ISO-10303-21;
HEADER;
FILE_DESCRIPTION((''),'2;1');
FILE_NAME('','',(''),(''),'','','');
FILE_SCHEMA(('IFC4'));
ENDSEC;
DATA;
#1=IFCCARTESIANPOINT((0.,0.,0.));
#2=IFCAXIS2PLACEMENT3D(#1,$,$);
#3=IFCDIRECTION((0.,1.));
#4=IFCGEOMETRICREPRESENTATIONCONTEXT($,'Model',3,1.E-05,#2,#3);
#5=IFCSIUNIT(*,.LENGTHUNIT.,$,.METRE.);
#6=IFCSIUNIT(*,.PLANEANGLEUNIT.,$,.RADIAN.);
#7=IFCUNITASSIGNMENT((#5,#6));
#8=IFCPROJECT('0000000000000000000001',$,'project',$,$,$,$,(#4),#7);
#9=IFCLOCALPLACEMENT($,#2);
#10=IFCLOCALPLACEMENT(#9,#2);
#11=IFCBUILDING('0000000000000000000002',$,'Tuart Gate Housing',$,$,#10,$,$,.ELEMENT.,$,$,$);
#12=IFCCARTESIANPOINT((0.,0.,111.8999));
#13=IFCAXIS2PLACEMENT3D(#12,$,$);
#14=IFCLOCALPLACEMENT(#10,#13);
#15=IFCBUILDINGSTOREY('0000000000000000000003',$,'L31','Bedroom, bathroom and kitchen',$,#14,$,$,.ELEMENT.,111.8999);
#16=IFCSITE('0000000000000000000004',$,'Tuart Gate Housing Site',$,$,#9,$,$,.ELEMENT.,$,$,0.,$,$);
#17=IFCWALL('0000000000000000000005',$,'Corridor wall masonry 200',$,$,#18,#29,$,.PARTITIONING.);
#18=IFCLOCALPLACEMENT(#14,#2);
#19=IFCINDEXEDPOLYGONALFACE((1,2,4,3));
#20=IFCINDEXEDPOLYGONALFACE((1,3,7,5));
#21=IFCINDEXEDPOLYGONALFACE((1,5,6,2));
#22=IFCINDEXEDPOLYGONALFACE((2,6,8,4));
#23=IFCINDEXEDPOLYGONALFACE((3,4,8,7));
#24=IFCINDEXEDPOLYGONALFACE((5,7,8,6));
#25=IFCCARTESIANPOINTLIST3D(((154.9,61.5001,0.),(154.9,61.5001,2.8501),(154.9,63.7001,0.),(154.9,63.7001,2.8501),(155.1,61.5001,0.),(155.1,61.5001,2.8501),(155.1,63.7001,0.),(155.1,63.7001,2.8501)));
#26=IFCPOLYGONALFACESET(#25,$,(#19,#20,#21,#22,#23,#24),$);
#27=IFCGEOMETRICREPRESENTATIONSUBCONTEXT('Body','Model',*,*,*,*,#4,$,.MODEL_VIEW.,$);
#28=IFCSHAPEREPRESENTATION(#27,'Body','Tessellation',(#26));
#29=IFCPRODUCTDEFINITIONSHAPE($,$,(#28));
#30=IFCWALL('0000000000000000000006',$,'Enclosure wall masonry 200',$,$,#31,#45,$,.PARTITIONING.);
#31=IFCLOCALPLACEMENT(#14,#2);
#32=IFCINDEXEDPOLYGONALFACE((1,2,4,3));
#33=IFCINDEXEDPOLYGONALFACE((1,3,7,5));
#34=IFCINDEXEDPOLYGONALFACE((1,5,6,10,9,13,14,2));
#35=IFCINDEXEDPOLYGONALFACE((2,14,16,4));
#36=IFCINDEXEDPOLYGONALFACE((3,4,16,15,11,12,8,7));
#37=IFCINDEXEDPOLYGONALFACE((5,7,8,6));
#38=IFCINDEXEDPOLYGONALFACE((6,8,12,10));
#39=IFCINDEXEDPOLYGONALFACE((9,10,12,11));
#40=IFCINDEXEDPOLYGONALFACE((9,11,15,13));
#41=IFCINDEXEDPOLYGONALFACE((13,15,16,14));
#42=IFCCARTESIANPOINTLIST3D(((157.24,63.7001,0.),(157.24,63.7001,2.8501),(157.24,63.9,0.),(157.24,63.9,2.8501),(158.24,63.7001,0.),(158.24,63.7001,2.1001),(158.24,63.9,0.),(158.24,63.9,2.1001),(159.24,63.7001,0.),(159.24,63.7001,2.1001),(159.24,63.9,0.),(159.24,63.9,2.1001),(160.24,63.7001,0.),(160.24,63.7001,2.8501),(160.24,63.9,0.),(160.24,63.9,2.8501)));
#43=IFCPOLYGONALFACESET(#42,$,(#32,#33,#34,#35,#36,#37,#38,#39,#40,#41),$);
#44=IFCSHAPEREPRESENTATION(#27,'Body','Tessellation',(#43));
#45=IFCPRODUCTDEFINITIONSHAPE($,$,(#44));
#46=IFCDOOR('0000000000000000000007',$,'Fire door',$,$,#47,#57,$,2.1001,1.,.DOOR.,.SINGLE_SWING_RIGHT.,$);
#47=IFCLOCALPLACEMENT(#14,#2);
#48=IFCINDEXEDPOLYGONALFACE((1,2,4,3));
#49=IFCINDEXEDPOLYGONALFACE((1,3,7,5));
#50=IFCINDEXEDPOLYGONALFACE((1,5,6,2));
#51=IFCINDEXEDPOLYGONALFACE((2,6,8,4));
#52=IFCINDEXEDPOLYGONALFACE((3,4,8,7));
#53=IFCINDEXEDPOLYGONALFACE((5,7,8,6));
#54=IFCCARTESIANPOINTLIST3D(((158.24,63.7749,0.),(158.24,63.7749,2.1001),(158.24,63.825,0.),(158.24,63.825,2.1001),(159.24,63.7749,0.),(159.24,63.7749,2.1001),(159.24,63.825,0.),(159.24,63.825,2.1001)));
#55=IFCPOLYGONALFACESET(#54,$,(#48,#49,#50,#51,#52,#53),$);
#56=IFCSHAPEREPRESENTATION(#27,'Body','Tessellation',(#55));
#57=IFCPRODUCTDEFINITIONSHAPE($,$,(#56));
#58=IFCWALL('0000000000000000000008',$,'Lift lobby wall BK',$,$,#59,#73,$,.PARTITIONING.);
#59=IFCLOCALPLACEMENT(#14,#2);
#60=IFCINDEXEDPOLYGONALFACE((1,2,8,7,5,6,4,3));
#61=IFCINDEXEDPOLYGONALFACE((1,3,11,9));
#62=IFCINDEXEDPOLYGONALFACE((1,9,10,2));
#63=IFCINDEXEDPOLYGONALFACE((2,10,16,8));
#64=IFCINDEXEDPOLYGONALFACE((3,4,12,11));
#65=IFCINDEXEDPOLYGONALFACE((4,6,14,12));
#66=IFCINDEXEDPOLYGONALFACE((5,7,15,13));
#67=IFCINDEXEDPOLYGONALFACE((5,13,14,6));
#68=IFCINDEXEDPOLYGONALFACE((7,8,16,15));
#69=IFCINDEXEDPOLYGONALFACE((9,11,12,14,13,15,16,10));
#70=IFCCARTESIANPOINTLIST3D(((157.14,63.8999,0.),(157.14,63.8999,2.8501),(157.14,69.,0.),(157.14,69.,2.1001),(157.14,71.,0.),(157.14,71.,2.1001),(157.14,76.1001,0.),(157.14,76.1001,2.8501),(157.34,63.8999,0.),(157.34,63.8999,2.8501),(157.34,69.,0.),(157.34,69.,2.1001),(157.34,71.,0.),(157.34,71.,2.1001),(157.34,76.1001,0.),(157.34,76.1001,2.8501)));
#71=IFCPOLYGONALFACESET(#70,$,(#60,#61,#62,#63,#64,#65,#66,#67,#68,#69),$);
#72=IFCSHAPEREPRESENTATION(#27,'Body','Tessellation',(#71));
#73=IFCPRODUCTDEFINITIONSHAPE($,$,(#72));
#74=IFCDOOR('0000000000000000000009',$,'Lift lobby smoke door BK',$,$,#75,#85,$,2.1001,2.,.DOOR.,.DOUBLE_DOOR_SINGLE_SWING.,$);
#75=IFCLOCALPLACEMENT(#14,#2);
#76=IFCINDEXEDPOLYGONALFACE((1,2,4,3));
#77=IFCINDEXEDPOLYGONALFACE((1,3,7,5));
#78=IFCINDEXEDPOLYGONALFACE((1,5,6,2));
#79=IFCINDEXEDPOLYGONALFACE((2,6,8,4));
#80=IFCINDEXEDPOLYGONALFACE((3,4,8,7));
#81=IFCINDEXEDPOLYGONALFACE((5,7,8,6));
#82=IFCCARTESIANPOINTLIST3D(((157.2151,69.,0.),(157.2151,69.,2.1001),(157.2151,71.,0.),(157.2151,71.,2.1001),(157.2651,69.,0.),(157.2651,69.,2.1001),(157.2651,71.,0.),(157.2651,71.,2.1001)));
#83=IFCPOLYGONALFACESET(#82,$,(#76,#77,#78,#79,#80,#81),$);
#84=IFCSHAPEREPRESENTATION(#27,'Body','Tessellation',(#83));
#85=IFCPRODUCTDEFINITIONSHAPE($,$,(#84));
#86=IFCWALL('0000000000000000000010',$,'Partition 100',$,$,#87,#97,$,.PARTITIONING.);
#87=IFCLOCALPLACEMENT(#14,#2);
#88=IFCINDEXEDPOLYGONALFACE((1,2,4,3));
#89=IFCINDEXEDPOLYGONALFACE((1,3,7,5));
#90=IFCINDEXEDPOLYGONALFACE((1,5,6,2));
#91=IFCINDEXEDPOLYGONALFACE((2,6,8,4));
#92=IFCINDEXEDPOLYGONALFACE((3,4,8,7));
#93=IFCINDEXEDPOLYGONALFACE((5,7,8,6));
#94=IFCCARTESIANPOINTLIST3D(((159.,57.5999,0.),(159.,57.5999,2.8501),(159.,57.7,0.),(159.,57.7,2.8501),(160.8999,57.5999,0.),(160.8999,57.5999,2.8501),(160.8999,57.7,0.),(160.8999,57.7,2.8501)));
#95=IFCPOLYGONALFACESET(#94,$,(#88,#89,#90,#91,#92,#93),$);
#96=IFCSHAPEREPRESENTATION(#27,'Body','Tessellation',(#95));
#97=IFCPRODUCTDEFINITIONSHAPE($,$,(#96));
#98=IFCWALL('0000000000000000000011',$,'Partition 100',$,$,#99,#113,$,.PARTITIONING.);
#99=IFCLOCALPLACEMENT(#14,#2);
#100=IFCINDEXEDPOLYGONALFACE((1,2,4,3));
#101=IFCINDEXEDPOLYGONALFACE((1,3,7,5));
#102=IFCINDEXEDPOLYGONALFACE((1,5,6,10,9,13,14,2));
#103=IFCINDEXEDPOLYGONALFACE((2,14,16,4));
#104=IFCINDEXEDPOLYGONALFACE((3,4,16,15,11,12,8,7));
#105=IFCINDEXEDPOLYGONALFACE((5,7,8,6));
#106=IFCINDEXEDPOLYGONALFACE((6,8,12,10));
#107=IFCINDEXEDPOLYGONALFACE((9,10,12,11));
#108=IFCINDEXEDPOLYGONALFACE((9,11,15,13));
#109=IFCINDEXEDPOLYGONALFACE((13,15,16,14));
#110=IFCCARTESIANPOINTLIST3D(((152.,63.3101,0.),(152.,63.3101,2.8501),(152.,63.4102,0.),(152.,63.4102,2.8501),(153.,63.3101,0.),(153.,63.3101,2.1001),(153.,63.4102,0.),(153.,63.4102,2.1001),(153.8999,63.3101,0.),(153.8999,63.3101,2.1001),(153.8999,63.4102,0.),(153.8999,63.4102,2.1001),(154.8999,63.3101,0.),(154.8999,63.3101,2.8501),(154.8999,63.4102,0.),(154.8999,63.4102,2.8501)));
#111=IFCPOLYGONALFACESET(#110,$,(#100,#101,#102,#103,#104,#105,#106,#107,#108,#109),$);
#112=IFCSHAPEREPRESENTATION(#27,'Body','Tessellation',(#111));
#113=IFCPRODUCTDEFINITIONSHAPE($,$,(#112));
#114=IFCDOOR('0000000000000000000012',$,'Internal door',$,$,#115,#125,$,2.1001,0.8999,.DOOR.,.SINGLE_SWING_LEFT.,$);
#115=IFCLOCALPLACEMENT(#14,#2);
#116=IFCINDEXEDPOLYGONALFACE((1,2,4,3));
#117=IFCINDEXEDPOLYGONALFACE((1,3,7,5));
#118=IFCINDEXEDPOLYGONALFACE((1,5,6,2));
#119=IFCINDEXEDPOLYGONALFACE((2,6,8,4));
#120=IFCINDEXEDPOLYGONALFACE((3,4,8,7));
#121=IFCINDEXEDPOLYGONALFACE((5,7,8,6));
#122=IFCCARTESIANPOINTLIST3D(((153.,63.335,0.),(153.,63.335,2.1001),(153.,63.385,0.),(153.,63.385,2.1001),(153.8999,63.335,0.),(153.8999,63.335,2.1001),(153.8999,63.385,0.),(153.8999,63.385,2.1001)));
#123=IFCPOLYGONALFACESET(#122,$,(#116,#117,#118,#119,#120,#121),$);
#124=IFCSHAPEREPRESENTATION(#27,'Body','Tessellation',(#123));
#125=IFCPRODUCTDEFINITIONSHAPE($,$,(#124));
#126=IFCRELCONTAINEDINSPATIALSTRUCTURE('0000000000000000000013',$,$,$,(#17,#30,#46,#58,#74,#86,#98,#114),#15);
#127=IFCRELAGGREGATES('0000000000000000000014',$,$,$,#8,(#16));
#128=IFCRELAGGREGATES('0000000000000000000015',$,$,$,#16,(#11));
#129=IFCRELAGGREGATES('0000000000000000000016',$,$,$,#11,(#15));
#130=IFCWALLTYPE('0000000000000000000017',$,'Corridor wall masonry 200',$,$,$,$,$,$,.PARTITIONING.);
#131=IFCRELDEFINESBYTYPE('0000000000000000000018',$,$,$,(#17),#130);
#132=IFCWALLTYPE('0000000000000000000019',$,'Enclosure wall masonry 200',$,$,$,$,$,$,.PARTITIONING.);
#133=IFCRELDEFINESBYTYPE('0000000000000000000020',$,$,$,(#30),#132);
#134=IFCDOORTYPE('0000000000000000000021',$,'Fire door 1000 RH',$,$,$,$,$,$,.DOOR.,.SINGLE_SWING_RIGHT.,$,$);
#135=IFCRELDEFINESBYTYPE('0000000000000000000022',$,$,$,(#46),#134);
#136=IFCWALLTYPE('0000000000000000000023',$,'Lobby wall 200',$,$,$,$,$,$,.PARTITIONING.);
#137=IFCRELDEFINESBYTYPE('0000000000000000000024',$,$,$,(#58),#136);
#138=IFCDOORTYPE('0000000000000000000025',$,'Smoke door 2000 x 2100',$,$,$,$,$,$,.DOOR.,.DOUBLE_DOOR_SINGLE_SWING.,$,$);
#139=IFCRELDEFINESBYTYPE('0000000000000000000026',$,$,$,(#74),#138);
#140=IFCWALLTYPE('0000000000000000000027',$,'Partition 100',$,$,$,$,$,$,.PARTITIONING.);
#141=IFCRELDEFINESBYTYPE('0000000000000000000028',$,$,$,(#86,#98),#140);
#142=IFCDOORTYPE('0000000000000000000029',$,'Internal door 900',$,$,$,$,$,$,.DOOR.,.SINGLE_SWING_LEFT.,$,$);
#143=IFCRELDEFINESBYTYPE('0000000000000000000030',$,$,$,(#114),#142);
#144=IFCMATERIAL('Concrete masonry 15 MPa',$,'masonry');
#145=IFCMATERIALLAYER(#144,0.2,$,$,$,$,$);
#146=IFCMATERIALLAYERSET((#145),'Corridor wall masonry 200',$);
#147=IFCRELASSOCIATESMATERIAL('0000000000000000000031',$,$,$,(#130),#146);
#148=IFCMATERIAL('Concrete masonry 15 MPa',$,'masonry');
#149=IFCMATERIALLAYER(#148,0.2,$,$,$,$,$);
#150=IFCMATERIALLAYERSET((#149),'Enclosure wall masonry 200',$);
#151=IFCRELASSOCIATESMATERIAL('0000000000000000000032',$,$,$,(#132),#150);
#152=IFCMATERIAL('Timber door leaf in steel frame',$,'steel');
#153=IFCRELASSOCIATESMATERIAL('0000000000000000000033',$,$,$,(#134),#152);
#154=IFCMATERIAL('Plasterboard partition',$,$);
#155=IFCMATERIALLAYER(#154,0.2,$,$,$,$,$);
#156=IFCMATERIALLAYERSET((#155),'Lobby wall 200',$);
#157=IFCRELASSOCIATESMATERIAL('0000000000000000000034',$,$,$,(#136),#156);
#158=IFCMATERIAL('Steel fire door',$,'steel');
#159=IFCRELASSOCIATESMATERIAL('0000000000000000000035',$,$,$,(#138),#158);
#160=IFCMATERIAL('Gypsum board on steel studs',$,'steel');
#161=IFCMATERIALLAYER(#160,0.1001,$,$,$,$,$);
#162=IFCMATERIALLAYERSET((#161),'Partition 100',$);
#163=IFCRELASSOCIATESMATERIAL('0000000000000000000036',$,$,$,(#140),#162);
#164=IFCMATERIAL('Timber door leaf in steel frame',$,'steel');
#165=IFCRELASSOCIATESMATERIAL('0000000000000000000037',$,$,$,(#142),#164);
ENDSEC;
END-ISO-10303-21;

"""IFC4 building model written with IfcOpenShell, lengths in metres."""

from ifc_helpers import new_model, si_unit, direction, frame, frame_2d, origin, place, context, subcontext, project, spatial, rectangle, extrude, material, layer, layer_set, type_object, element, fill, save


model = new_model("IFC4")

# Units and contexts
model_context = context("Model", 3, precision=1e-05, world=origin(), true_north=direction((0.0, 1.0)))
body_context = subcontext(model_context, "Body", "Model", "MODEL_VIEW")
ifc_project = project(units=[si_unit("LENGTHUNIT", "METRE"), si_unit("PLANEANGLEUNIT", "RADIAN")], contexts=[model_context])

# Site, building, storey
site_placement = place(None, origin())
site = spatial("IfcSite", under=ifc_project, at=site_placement, Name="Tuart Gate Housing Site", CompositionType="ELEMENT", RefElevation=0.0)
building_placement = place(site_placement, origin())
building = spatial("IfcBuilding", under=site, at=building_placement, Name="Tuart Gate Housing", CompositionType="ELEMENT")
storey_placement = place(building_placement, frame((0.0, 0.0, 111.8999)))
storey = spatial("IfcBuildingStorey", under=building, at=storey_placement, Name="L31", Description="Bedroom, bathroom and kitchen", CompositionType="ELEMENT", Elevation=111.8999)

# Shared definitions
ifc_material_1 = material(Name="Concrete masonry 15 MPa", Category="masonry")
ifc_layer_1 = layer(ifc_material_1, 0.2)
ifc_layer_set_1 = layer_set([ifc_layer_1], Name="Corridor wall masonry 200")
wall_type_1 = type_object("IfcWallType", Name="Corridor wall masonry 200", PredefinedType="PARTITIONING", material=ifc_layer_set_1)

# Wall
wall_1_placement = place(storey_placement, frame((155.0, 61.5, 0.0), z_axis=(0.0, 0.0, 1.0), x_axis=(0.0, 1.0, 0.0)))
element("IfcWall", 1, at=wall_1_placement, inside=storey, type_object=wall_type_1, Name="Corridor wall masonry 200", PredefinedType="PARTITIONING", context=body_context, shape_type="SweptSolid", body=[
    extrude(rectangle(XDim=2.2, YDim=0.2, at=frame_2d((1.1001, 0.0))), origin(), (0.0, 0.0, 1.0), 2.8501),
])

# Walls, openings, doors
ifc_material_2 = material(Name="Concrete masonry 15 MPa", Category="masonry")
ifc_layer_2 = layer(ifc_material_2, 0.2)
ifc_layer_set_2 = layer_set([ifc_layer_2], Name="Enclosure wall masonry 200")
wall_type_2 = type_object("IfcWallType", Name="Enclosure wall masonry 200", PredefinedType="PARTITIONING", material=ifc_layer_set_2)
wall_2_placement = place(storey_placement, frame((157.24, 63.8, 0.0), z_axis=(0.0, 0.0, 1.0), x_axis=(1.0, 0.0, 0.0)))
wall_2 = element("IfcWall", 2, at=wall_2_placement, inside=storey, type_object=wall_type_2, Name="Enclosure wall masonry 200", PredefinedType="PARTITIONING", context=body_context, shape_type="SweptSolid", body=[
    extrude(rectangle(XDim=3.0, YDim=0.2, at=frame_2d((1.5, 0.0))), origin(), (0.0, 0.0, 1.0), 2.8501),
])
opening_1_placement = place(wall_2_placement, frame((1.0, 0.0, 0.0)))
opening_1 = element("IfcOpeningElement", 3, at=opening_1_placement, cuts=wall_2, PredefinedType="OPENING", context=body_context, shape_type="SweptSolid", body=[
    extrude(rectangle(XDim=1.0, YDim=2.1001, at=frame_2d((0.5, 1.05))), frame((0.0, 0.1099, 0.0), z_axis=(0.0, -1.0, 0.0), x_axis=(1.0, 0.0, 0.0)), (0.0, 0.0, 1.0), 0.22),
])
ifc_material_3 = material(Name="Timber door leaf in steel frame", Category="steel")
door_type_1 = type_object("IfcDoorType", Name="Fire door 1000 RH", OperationType="SINGLE_SWING_RIGHT", PredefinedType="DOOR", material=ifc_material_3)
door_1_placement = place(opening_1_placement, frame((1.0, 0.0, 0.0), z_axis=(0.0, 0.0, 1.0), x_axis=(-1.0, 0.0, 0.0)))
door_1 = element("IfcDoor", 4, at=door_1_placement, inside=storey, type_object=door_type_1, Name="Fire door", OperationType="SINGLE_SWING_RIGHT", OverallHeight=2.1001, OverallWidth=1.0, PredefinedType="DOOR", context=body_context, shape_type="SweptSolid", body=[
    extrude(rectangle(XDim=1.0, YDim=2.1001, at=frame_2d((0.5, 1.05))), frame((0.0, 0.0251, 0.0), z_axis=(0.0, -1.0, 0.0), x_axis=(1.0, 0.0, 0.0)), (0.0, 0.0, 1.0), 0.05),
])
fill(opening_1, door_1)
ifc_material_4 = material(Name="Plasterboard partition")
ifc_layer_3 = layer(ifc_material_4, 0.2)
ifc_layer_set_3 = layer_set([ifc_layer_3], Name="Lobby wall 200")
wall_type_3 = type_object("IfcWallType", Name="Lobby wall 200", PredefinedType="PARTITIONING", material=ifc_layer_set_3)
wall_3_placement = place(storey_placement, frame((157.24, 63.8999, 0.0), z_axis=(0.0, 0.0, 1.0), x_axis=(0.0, 1.0, 0.0)))
wall_3 = element("IfcWall", 5, at=wall_3_placement, inside=storey, type_object=wall_type_3, Name="Lift lobby wall BK", PredefinedType="PARTITIONING", context=body_context, shape_type="SweptSolid", body=[
    extrude(rectangle(XDim=12.2002, YDim=0.2, at=frame_2d((6.1001, 0.0))), origin(), (0.0, 0.0, 1.0), 2.8501),
])
opening_2_placement = place(wall_3_placement, frame((5.1001, 0.0, 0.0)))
opening_2 = element("IfcOpeningElement", 6, at=opening_2_placement, cuts=wall_3, PredefinedType="OPENING", context=body_context, shape_type="SweptSolid", body=[
    extrude(rectangle(XDim=2.0, YDim=2.1001, at=frame_2d((1.0, 1.05))), frame((0.0, 0.1099, 0.0), z_axis=(0.0, -1.0, 0.0), x_axis=(1.0, 0.0, 0.0)), (0.0, 0.0, 1.0), 0.22),
])
ifc_material_5 = material(Name="Steel fire door", Category="steel")
door_type_2 = type_object("IfcDoorType", Name="Smoke door 2000 x 2100", OperationType="DOUBLE_DOOR_SINGLE_SWING", PredefinedType="DOOR", material=ifc_material_5)
door_2_placement = place(opening_2_placement, frame((2.0, 0.0, 0.0), z_axis=(0.0, 0.0, 1.0), x_axis=(-1.0, 0.0, 0.0)))
door_2 = element("IfcDoor", 7, at=door_2_placement, inside=storey, type_object=door_type_2, Name="Lift lobby smoke door BK", OperationType="DOUBLE_DOOR_SINGLE_SWING", OverallHeight=2.1001, OverallWidth=2.0, PredefinedType="DOOR", context=body_context, shape_type="SweptSolid", body=[
    extrude(rectangle(XDim=2.0, YDim=2.1001, at=frame_2d((1.0, 1.05))), frame((0.0, 0.0251, 0.0), z_axis=(0.0, -1.0, 0.0), x_axis=(1.0, 0.0, 0.0)), (0.0, 0.0, 1.0), 0.05),
])
fill(opening_2, door_2)

# Wall
ifc_material_6 = material(Name="Gypsum board on steel studs", Category="steel")
ifc_layer_4 = layer(ifc_material_6, 0.1001)
ifc_layer_set_4 = layer_set([ifc_layer_4], Name="Partition 100")
wall_type_4 = type_object("IfcWallType", Name="Partition 100", PredefinedType="PARTITIONING", material=ifc_layer_set_4)
wall_4_placement = place(storey_placement, frame((159.0, 57.6499, 0.0), z_axis=(0.0, 0.0, 1.0), x_axis=(1.0, 0.0, 0.0)))
element("IfcWall", 8, at=wall_4_placement, inside=storey, type_object=wall_type_4, Name="Partition 100", PredefinedType="PARTITIONING", context=body_context, shape_type="SweptSolid", body=[
    extrude(rectangle(XDim=1.8999, YDim=0.1001, at=frame_2d((0.95, 0.0))), origin(), (0.0, 0.0, 1.0), 2.8501),
])

# Wall, opening, door
wall_5_placement = place(storey_placement, frame((152.0, 63.3601, 0.0), z_axis=(0.0, 0.0, 1.0), x_axis=(1.0, 0.0, 0.0)))
wall_5 = element("IfcWall", 9, at=wall_5_placement, inside=storey, type_object=wall_type_4, Name="Partition 100", PredefinedType="PARTITIONING", context=body_context, shape_type="SweptSolid", body=[
    extrude(rectangle(XDim=2.8999, YDim=0.1001, at=frame_2d((1.45, 0.0))), origin(), (0.0, 0.0, 1.0), 2.8501),
])
opening_3_placement = place(wall_5_placement, frame((1.0, 0.0, 0.0)))
opening_3 = element("IfcOpeningElement", 10, at=opening_3_placement, cuts=wall_5, PredefinedType="OPENING", context=body_context, shape_type="SweptSolid", body=[
    extrude(rectangle(XDim=0.8999, YDim=2.1001, at=frame_2d((0.45, 1.05))), frame((0.0, 0.0601, 0.0), z_axis=(0.0, -1.0, 0.0), x_axis=(1.0, 0.0, 0.0)), (0.0, 0.0, 1.0), 0.1201),
])
ifc_material_7 = material(Name="Timber door leaf in steel frame", Category="steel")
door_type_3 = type_object("IfcDoorType", Name="Internal door 900", OperationType="SINGLE_SWING_LEFT", PredefinedType="DOOR", material=ifc_material_7)
door_3_placement = place(opening_3_placement, origin())
door_3 = element("IfcDoor", 11, at=door_3_placement, inside=storey, type_object=door_type_3, Name="Internal door", OperationType="SINGLE_SWING_LEFT", OverallHeight=2.1001, OverallWidth=0.8999, PredefinedType="DOOR", context=body_context, shape_type="SweptSolid", body=[
    extrude(rectangle(XDim=0.8999, YDim=2.1001, at=frame_2d((0.45, 1.05))), frame((0.0, 0.0249, 0.0), z_axis=(0.0, -1.0, 0.0), x_axis=(1.0, 0.0, 0.0)), (0.0, 0.0, 1.0), 0.05),
])
fill(opening_3, door_3)

save(model, "model.ifc")
